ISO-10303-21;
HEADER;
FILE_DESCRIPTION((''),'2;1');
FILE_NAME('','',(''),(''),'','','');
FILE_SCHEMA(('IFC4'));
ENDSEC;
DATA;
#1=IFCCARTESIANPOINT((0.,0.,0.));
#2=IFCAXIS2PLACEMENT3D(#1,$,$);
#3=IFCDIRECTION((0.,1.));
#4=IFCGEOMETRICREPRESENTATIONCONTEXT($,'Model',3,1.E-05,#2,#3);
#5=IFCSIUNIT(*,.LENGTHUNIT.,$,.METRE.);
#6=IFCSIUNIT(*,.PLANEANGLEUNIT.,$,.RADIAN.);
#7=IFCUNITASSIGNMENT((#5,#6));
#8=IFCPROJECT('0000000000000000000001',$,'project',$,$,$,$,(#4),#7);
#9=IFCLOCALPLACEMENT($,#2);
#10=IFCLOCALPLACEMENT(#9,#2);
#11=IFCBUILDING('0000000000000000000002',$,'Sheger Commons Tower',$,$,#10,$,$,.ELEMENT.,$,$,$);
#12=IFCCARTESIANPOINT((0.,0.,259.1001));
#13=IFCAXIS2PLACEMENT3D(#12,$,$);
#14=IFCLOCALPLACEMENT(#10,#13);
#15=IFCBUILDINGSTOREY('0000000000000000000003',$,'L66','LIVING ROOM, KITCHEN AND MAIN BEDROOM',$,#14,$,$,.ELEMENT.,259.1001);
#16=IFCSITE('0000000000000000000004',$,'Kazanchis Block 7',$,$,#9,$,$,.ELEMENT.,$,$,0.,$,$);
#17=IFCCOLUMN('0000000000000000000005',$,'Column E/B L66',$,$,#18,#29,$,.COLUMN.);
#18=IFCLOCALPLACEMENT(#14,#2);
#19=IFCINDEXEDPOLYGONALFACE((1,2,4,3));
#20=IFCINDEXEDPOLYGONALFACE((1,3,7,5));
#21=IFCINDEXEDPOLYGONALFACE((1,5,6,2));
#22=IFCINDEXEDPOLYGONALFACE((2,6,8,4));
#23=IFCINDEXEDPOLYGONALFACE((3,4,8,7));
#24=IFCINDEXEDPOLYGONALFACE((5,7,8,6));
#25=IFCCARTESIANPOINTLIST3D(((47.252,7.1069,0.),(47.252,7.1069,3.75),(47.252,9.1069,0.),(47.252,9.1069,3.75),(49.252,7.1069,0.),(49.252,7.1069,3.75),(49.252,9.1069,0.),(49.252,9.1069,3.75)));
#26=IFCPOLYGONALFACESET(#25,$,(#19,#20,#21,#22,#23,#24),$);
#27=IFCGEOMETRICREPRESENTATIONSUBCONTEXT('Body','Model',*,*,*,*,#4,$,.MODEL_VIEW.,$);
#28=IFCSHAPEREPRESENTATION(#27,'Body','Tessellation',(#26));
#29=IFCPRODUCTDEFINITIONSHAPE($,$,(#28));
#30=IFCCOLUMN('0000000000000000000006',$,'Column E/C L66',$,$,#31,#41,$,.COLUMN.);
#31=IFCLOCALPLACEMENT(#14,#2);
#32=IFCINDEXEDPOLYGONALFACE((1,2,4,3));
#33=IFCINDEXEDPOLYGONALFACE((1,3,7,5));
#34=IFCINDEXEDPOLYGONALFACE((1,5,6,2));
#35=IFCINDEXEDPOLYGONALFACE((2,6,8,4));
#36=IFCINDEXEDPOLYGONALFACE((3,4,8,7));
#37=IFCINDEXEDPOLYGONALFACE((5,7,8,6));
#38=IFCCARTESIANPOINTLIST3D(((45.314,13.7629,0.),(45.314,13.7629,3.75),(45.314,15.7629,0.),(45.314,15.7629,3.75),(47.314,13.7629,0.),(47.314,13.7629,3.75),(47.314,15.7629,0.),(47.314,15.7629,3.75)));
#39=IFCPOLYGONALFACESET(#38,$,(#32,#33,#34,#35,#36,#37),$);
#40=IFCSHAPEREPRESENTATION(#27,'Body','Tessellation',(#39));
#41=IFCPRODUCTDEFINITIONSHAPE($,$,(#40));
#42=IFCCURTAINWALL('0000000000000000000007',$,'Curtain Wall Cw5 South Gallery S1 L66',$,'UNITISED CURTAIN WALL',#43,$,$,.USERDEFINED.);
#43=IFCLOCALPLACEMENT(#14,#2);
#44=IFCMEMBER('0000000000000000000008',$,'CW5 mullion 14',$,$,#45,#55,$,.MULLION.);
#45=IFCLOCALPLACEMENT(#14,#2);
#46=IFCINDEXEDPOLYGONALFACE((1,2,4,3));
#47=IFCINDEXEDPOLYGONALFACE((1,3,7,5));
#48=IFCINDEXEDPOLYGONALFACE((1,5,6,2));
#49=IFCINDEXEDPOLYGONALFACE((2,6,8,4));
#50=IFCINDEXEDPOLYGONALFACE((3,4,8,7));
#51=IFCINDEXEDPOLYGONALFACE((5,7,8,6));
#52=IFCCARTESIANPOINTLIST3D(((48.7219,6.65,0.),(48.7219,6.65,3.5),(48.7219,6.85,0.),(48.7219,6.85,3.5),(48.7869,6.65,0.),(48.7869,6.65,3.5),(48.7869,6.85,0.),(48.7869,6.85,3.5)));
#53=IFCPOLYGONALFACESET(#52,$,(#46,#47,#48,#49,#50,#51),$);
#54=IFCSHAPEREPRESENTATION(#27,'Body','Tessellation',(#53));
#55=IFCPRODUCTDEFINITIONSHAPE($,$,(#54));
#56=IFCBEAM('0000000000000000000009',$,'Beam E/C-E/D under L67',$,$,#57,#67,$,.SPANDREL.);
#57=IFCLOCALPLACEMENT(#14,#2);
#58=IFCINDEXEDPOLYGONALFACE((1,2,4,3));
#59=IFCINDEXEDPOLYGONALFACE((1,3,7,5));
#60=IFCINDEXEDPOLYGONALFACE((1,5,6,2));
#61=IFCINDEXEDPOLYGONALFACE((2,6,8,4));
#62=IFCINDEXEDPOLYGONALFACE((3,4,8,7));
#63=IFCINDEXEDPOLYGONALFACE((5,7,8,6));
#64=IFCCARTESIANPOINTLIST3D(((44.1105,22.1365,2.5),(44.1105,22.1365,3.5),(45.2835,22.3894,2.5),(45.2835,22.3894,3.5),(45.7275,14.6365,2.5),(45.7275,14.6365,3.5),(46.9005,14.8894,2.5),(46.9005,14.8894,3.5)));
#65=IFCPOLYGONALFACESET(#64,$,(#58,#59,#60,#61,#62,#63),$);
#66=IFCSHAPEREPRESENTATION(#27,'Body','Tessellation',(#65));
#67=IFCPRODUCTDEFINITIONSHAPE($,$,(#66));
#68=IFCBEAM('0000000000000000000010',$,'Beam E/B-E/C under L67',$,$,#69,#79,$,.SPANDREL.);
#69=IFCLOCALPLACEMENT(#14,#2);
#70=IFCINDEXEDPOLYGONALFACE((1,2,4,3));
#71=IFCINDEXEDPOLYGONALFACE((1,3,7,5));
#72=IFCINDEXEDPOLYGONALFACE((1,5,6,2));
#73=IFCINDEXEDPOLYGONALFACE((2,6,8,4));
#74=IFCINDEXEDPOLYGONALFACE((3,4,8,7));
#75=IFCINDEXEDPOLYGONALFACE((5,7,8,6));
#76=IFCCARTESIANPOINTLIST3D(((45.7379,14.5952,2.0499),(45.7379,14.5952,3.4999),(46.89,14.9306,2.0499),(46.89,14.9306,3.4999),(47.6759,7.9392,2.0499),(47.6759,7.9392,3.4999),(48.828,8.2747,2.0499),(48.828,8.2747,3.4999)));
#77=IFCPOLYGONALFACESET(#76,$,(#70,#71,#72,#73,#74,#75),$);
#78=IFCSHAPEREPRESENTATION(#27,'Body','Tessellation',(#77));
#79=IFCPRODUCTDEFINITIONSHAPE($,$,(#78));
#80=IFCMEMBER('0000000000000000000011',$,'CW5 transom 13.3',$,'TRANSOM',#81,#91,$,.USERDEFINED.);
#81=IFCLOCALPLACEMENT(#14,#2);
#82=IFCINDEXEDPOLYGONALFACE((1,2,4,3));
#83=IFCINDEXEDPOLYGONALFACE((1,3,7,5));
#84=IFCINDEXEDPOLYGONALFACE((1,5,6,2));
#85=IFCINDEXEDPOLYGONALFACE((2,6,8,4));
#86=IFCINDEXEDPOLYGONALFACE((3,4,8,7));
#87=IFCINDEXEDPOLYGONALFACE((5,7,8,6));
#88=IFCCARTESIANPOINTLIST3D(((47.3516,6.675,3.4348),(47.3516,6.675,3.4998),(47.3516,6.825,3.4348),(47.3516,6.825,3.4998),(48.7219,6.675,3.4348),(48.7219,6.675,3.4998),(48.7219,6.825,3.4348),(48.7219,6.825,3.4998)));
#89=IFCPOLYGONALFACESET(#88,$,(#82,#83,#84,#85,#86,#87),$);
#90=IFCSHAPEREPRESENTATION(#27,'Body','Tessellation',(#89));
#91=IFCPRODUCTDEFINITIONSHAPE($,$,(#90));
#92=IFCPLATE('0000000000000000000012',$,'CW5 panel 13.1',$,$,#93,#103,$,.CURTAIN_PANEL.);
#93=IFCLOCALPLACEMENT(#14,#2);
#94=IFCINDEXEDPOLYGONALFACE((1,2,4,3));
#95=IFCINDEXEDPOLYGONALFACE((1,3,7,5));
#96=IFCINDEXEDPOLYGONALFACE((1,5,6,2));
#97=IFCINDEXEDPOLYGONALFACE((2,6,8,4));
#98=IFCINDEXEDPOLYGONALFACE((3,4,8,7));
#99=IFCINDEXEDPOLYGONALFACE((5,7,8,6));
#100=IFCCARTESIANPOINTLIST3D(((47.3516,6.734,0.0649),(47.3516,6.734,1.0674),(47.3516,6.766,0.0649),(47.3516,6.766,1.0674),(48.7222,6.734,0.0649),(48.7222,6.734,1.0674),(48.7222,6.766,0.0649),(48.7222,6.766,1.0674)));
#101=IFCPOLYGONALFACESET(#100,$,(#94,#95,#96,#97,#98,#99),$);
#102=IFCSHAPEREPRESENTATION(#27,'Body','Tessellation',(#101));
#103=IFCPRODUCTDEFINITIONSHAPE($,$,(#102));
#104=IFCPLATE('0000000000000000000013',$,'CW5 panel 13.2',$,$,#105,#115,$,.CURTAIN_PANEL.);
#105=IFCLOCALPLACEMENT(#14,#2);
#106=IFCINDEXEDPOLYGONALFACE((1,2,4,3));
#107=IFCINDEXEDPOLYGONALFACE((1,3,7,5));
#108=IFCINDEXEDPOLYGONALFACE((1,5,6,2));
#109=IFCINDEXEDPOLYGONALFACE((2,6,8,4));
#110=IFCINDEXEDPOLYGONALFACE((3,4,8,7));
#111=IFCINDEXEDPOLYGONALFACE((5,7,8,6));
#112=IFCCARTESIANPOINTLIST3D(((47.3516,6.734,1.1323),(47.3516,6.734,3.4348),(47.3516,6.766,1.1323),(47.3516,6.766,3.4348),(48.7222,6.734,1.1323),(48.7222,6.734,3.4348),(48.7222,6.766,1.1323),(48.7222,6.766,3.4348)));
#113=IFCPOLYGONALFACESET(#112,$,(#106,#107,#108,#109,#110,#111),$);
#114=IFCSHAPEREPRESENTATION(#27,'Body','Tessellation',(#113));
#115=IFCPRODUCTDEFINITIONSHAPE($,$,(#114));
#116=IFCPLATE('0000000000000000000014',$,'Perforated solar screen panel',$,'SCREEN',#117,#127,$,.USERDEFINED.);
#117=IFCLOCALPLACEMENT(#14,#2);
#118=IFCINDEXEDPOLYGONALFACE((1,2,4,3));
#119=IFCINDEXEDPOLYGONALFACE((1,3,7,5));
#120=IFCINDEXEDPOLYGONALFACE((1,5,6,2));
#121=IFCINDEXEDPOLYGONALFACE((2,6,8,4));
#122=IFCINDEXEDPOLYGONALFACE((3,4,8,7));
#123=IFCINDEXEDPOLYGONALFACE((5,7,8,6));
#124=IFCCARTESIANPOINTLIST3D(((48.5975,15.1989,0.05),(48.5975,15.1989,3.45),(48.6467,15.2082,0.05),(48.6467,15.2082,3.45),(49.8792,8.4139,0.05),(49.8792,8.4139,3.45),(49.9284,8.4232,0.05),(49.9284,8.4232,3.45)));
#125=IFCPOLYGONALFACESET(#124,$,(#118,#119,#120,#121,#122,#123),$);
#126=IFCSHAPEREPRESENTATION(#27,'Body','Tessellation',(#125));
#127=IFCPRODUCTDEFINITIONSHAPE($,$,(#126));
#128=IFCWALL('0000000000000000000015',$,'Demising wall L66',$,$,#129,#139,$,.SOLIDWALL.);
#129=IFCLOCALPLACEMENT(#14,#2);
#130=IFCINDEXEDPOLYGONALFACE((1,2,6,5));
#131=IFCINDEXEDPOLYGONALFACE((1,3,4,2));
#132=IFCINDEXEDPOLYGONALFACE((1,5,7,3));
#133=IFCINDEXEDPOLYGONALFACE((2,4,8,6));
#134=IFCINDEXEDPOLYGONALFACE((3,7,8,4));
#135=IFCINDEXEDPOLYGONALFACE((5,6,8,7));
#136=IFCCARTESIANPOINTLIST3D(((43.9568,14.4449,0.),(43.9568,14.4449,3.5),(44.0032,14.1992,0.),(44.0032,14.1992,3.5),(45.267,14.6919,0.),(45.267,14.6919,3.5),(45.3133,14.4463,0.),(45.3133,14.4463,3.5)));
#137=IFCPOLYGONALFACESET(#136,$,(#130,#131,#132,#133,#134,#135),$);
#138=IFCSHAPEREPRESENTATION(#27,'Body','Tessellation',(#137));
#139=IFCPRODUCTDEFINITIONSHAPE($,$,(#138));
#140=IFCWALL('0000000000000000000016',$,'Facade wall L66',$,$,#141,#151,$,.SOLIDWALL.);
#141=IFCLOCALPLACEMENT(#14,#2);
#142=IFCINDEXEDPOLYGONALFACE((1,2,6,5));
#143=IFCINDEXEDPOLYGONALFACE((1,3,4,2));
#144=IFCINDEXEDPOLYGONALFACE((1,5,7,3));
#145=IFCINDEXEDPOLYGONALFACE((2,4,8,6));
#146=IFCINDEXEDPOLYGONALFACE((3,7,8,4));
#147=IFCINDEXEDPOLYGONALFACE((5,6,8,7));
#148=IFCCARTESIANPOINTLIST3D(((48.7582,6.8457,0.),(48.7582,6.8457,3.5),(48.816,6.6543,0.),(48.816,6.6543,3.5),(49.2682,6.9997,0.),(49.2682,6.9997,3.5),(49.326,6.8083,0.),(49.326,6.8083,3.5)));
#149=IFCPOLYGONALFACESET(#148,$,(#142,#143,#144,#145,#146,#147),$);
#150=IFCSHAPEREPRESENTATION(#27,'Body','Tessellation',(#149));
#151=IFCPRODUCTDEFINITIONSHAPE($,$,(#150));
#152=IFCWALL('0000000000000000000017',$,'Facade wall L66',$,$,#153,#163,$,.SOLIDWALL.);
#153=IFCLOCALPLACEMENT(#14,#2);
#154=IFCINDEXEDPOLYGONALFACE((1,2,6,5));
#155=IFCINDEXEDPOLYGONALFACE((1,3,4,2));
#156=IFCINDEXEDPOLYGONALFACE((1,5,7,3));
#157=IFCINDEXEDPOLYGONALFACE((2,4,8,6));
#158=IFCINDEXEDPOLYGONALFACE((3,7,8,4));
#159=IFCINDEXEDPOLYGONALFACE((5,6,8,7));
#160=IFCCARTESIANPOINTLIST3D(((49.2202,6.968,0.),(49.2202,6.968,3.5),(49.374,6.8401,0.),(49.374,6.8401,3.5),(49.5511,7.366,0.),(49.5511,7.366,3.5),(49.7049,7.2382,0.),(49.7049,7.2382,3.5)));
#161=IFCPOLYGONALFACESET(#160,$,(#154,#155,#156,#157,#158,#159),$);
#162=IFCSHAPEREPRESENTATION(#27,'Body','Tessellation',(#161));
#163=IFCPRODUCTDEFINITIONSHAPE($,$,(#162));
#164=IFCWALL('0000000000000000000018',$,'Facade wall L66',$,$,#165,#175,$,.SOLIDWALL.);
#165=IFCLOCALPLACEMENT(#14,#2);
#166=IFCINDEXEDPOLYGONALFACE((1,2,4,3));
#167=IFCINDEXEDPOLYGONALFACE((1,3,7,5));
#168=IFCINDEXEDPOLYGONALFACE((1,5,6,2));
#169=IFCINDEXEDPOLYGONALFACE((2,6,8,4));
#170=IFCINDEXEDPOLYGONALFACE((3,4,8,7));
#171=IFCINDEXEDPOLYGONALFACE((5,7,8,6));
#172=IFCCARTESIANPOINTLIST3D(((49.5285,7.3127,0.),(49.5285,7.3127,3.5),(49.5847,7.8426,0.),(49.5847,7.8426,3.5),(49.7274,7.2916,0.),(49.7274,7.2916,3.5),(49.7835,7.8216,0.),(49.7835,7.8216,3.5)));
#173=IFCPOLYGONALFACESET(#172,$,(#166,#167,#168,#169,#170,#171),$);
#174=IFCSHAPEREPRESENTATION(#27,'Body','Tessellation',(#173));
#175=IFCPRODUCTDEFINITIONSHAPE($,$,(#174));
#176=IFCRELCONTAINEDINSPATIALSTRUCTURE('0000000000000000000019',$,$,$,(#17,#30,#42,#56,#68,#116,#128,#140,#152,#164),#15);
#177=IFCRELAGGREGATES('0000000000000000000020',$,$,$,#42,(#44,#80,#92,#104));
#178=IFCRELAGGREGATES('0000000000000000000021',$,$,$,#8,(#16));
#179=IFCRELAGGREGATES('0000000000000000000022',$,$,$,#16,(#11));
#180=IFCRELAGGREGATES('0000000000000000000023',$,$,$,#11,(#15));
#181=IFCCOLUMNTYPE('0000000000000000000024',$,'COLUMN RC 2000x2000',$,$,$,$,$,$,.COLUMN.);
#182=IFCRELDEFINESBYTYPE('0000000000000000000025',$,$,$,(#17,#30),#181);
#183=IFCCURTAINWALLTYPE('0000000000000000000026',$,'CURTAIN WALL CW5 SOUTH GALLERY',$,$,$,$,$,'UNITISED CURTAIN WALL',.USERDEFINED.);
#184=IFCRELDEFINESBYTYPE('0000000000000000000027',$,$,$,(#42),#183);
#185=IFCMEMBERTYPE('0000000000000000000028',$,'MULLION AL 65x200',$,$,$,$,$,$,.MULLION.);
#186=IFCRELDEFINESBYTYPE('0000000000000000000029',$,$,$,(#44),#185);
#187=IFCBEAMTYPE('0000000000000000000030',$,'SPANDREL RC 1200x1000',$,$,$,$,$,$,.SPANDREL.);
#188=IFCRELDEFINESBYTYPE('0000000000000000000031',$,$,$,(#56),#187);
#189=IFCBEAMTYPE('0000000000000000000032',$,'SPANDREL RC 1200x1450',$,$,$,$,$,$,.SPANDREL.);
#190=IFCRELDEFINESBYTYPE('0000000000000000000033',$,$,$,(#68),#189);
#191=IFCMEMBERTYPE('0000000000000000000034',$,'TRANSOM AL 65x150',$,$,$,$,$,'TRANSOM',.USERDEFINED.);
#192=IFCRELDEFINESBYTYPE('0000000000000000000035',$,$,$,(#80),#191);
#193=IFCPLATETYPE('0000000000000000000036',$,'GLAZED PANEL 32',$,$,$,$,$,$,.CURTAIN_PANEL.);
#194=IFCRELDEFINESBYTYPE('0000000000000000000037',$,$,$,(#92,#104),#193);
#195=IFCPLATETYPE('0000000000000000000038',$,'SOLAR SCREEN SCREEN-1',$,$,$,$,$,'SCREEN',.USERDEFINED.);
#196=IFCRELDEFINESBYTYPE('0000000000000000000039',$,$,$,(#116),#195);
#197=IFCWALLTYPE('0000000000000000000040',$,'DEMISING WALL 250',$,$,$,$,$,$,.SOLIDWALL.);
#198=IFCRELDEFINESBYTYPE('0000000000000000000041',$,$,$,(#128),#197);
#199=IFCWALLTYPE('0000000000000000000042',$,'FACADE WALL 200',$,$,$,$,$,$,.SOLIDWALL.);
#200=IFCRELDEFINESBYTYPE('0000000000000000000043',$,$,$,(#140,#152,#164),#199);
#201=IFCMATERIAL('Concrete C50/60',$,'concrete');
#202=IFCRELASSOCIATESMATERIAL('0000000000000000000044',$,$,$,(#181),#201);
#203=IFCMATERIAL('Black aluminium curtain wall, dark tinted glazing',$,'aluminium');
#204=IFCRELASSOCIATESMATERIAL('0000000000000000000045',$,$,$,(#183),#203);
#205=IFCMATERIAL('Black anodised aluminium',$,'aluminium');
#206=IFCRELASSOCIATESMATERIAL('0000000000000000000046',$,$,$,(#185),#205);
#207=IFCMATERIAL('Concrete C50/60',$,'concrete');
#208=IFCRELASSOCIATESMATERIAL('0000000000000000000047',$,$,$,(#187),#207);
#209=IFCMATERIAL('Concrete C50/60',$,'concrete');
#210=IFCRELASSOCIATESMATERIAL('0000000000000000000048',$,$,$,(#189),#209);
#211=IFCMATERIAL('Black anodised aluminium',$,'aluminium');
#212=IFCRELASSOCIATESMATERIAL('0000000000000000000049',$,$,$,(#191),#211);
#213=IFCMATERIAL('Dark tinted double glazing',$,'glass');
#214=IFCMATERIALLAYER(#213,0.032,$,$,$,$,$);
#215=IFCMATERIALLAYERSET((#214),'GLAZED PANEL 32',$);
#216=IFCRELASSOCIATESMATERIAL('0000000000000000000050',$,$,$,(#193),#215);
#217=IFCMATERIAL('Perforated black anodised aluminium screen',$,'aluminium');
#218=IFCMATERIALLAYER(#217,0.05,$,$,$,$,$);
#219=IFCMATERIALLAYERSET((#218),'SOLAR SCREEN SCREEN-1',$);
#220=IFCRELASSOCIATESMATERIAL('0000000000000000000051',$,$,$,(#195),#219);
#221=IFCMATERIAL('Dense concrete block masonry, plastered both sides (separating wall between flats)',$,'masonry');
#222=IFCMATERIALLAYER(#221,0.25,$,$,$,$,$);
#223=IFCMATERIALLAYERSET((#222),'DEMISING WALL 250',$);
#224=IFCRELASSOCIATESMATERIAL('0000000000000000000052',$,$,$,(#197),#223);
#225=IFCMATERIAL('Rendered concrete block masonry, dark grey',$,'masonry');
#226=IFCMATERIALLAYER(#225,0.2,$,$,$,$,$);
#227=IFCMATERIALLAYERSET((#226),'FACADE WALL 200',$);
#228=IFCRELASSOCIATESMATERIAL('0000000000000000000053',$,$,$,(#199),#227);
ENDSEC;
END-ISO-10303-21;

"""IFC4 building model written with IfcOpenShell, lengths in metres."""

from ifc_helpers import new_model, si_unit, direction, frame, frame_2d, origin, origin_2d, place, context, subcontext, project, spatial, rectangle, extrude, material, layer, layer_set, material_profile, profile_set, type_object, element, aggregate, save


model = new_model("IFC4")

# Units and contexts
model_context = context("Model", 3, precision=1e-05, world=origin(), true_north=direction((0.0, 1.0)))
body_context = subcontext(model_context, "Body", "Model", "MODEL_VIEW")
ifc_project = project(units=[si_unit("LENGTHUNIT", "METRE"), si_unit("PLANEANGLEUNIT", "RADIAN")], contexts=[model_context])

# Site, building, storey
site_placement = place(None, origin())
site = spatial("IfcSite", under=ifc_project, at=site_placement, Name="Kazanchis Block 7", CompositionType="ELEMENT", RefElevation=0.0)
building_placement = place(site_placement, origin())
building = spatial("IfcBuilding", under=site, at=building_placement, Name="Sheger Commons Tower", CompositionType="ELEMENT")
storey_placement = place(building_placement, frame((0.0, 0.0, 259.1001)))
storey = spatial("IfcBuildingStorey", under=building, at=storey_placement, Name="L66", Description="LIVING ROOM, KITCHEN AND MAIN BEDROOM", CompositionType="ELEMENT", Elevation=259.1001)

# Columns
ifc_material_1 = material(Name="Concrete C50/60", Category="concrete")
ifc_material_profile_1 = material_profile(ifc_material_1, rectangle(XDim=2.0, YDim=2.0, at=origin_2d()), Name="RC 2000x2000")
ifc_profile_set_1 = profile_set([ifc_material_profile_1], Name="Concrete C50/60")
column_type = type_object("IfcColumnType", Name="COLUMN RC 2000x2000", PredefinedType="COLUMN", material=ifc_profile_set_1)
for number, where, z_axis, x_axis, name in (
    (1, (48.252, 8.1069, 0.0), (0.0, 0.0, 1.0), (1.0, 0.0, 0.0), "Column E/B L66"),
    (2, (46.314, 14.7629, 0.0), (0.0, 0.0, 1.0), (1.0, 0.0, 0.0), "Column E/C L66"),
):
    element("IfcColumn", number, at=place(storey_placement, frame(where, z_axis=z_axis, x_axis=x_axis)), inside=storey, type_object=column_type, Name=name, PredefinedType="COLUMN", context=body_context, shape_type="SweptSolid", body=[
        extrude(rectangle(XDim=2.0, YDim=2.0, at=origin_2d()), origin(), (0.0, 0.0, 1.0), 3.75),
    ])

# Curtain wall, member
ifc_material_2 = material(Name="Black aluminium curtain wall, dark tinted glazing", Category="aluminium")
curtain_wall_type = type_object("IfcCurtainWallType", Name="CURTAIN WALL CW5 SOUTH GALLERY", ElementType="UNITISED CURTAIN WALL", PredefinedType="USERDEFINED", material=ifc_material_2)
curtain_wall_placement = place(storey_placement, origin())
curtain_wall = element("IfcCurtainWall", 3, at=curtain_wall_placement, inside=storey, type_object=curtain_wall_type, Name="Curtain Wall Cw5 South Gallery S1 L66", ObjectType="UNITISED CURTAIN WALL", PredefinedType="USERDEFINED")
ifc_material_3 = material(Name="Black anodised aluminium", Category="aluminium")
ifc_material_profile_2 = material_profile(ifc_material_3, rectangle(XDim=0.2, YDim=0.0649, at=origin_2d()), Name="AL 65x200")
ifc_profile_set_2 = profile_set([ifc_material_profile_2], Name="Black anodised aluminium")
member_type_1 = type_object("IfcMemberType", Name="MULLION AL 65x200", PredefinedType="MULLION", material=ifc_profile_set_2)
member_1_placement = place(storey_placement, frame((48.7544, 6.75, 0.0), z_axis=(0.0, 0.0, 1.0), x_axis=(0.0, 1.0, 0.0)))
member_1 = element("IfcMember", 4, at=member_1_placement, type_object=member_type_1, Name="CW5 mullion 14", PredefinedType="MULLION", context=body_context, shape_type="SweptSolid", body=[
    extrude(rectangle(XDim=0.2, YDim=0.0649, at=origin_2d()), origin(), (0.0, 0.0, 1.0), 3.5),
])

# Beams
ifc_material_4 = material(Name="Concrete C50/60", Category="concrete")
ifc_material_profile_3 = material_profile(ifc_material_4, rectangle(XDim=1.2, YDim=1.0, at=origin_2d()), Name="RC 1200x1000")
ifc_profile_set_3 = profile_set([ifc_material_profile_3], Name="Concrete C50/60")
beam_type_1 = type_object("IfcBeamType", Name="SPANDREL RC 1200x1000", PredefinedType="SPANDREL", material=ifc_profile_set_3)
beam_1_placement = place(storey_placement, frame((46.314, 14.7629, 3.0), z_axis=(-0.21075, 0.97754, 0.0), x_axis=(-0.97754, -0.21075, 0.0)))
element("IfcBeam", 5, at=beam_1_placement, inside=storey, type_object=beam_type_1, Name="Beam E/C-E/D under L67", PredefinedType="SPANDREL", context=body_context, shape_type="SweptSolid", body=[
    extrude(rectangle(XDim=1.2, YDim=1.0, at=origin_2d()), origin(), (0.0, 0.0, 1.0), 7.6724),
])
ifc_material_5 = material(Name="Concrete C50/60", Category="concrete")
ifc_material_profile_4 = material_profile(ifc_material_5, rectangle(XDim=1.2, YDim=1.45, at=origin_2d()), Name="RC 1200x1450")
ifc_profile_set_4 = profile_set([ifc_material_profile_4], Name="Concrete C50/60")
beam_type_2 = type_object("IfcBeamType", Name="SPANDREL RC 1200x1450", PredefinedType="SPANDREL", material=ifc_profile_set_4)
beam_2_placement = place(storey_placement, frame((48.252, 8.1069, 2.7749), z_axis=(-0.279555, 0.96013, 0.0), x_axis=(-0.96013, -0.279555, 0.0)))
element("IfcBeam", 6, at=beam_2_placement, inside=storey, type_object=beam_type_2, Name="Beam E/B-E/C under L67", PredefinedType="SPANDREL", context=body_context, shape_type="SweptSolid", body=[
    extrude(rectangle(XDim=1.2, YDim=1.45, at=origin_2d()), origin(), (0.0, 0.0, 1.0), 6.9324),
])

# Member
ifc_material_6 = material(Name="Black anodised aluminium", Category="aluminium")
ifc_material_profile_5 = material_profile(ifc_material_6, rectangle(XDim=0.1499, YDim=0.0649, at=origin_2d()), Name="AL 65x150")
ifc_profile_set_5 = profile_set([ifc_material_profile_5], Name="Black anodised aluminium")
member_type_2 = type_object("IfcMemberType", Name="TRANSOM AL 65x150", ElementType="TRANSOM", PredefinedType="USERDEFINED", material=ifc_profile_set_5)
member_2_placement = place(storey_placement, frame((47.3516, 6.75, 3.4673), z_axis=(1.0, 0.0, 0.0), x_axis=(0.0, 1.0, 0.0)))
member_2 = element("IfcMember", 7, at=member_2_placement, type_object=member_type_2, Name="CW5 transom 13.3", ObjectType="TRANSOM", PredefinedType="USERDEFINED", context=body_context, shape_type="SweptSolid", body=[
    extrude(rectangle(XDim=0.1499, YDim=0.0649, at=origin_2d()), origin(), (0.0, 0.0, 1.0), 1.3704),
])

# Plates
ifc_material_7 = material(Name="Dark tinted double glazing", Category="glass")
ifc_layer_1 = layer(ifc_material_7, 0.032)
ifc_layer_set_1 = layer_set([ifc_layer_1], Name="GLAZED PANEL 32")
plate_type_1 = type_object("IfcPlateType", Name="GLAZED PANEL 32", PredefinedType="CURTAIN_PANEL", material=ifc_layer_set_1)
plate_1_placement = place(storey_placement, frame((48.0369, 6.75, 0.0649), z_axis=(0.0, 0.0, 1.0), x_axis=(1.0, 0.0, 0.0)))
plate_1 = element("IfcPlate", 8, at=plate_1_placement, type_object=plate_type_1, Name="CW5 panel 13.1", PredefinedType="CURTAIN_PANEL", context=body_context, shape_type="SweptSolid", body=[
    extrude(rectangle(XDim=1.3706, YDim=0.032, at=origin_2d()), origin(), (0.0, 0.0, 1.0), 1.0024),
])
plate_2_placement = place(storey_placement, frame((48.0369, 6.75, 1.1323), z_axis=(0.0, 0.0, 1.0), x_axis=(1.0, 0.0, 0.0)))
plate_2 = element("IfcPlate", 9, at=plate_2_placement, type_object=plate_type_1, Name="CW5 panel 13.2", PredefinedType="CURTAIN_PANEL", context=body_context, shape_type="SweptSolid", body=[
    extrude(rectangle(XDim=1.3706, YDim=0.032, at=origin_2d()), origin(), (0.0, 0.0, 1.0), 2.3025),
])
aggregate(curtain_wall, [member_1, member_2, plate_1, plate_2])
ifc_material_8 = material(Name="Perforated black anodised aluminium screen", Category="aluminium")
ifc_layer_2 = layer(ifc_material_8, 0.05)
ifc_layer_set_2 = layer_set([ifc_layer_2], Name="SOLAR SCREEN SCREEN-1")
plate_type_2 = type_object("IfcPlateType", Name="SOLAR SCREEN SCREEN-1", ElementType="SCREEN", PredefinedType="USERDEFINED", material=ifc_layer_set_2)
plate_3_placement = place(storey_placement, frame((49.2629, 11.811, 0.05), z_axis=(0.0, 0.0, 1.0), x_axis=(-0.185615, 0.982623, 0.0)))
element("IfcPlate", 10, at=plate_3_placement, inside=storey, type_object=plate_type_2, Name="Perforated solar screen panel", ObjectType="SCREEN", PredefinedType="USERDEFINED", context=body_context, shape_type="SweptSolid", body=[
    extrude(rectangle(XDim=6.905, YDim=0.05, at=origin_2d()), origin(), (0.0, 0.0, 1.0), 3.3999),
])

# Walls
ifc_material_9 = material(Name="Dense concrete block masonry, plastered both sides (separating wall between flats)", Category="masonry")
ifc_layer_3 = layer(ifc_material_9, 0.25)
ifc_layer_set_3 = layer_set([ifc_layer_3], Name="DEMISING WALL 250")
wall_type_1 = type_object("IfcWallType", Name="DEMISING WALL 250", PredefinedType="SOLIDWALL", material=ifc_layer_set_3)
wall_1_placement = place(storey_placement, frame((45.29, 14.5691, 0.0), z_axis=(0.0, 0.0, 1.0), x_axis=(-0.982677, -0.185328, 0.0)))
element("IfcWall", 11, at=wall_1_placement, inside=storey, type_object=wall_type_1, Name="Demising wall L66", PredefinedType="SOLIDWALL", context=body_context, shape_type="SweptSolid", body=[
    extrude(rectangle(XDim=1.3333, YDim=0.25, at=frame_2d((0.6665, 0.0))), origin(), (0.0, 0.0, 1.0), 3.5),
])
ifc_material_10 = material(Name="Rendered concrete block masonry, dark grey", Category="masonry")
ifc_layer_4 = layer(ifc_material_10, 0.2)
ifc_layer_set_4 = layer_set([ifc_layer_4], Name="FACADE WALL 200")
wall_type_2 = type_object("IfcWallType", Name="FACADE WALL 200", PredefinedType="SOLIDWALL", material=ifc_layer_set_4)
wall_2_placement = place(storey_placement, frame((48.7871, 6.75, 0.0), z_axis=(0.0, 0.0, 1.0), x_axis=(0.957282, 0.289155, 0.0)))
element("IfcWall", 12, at=wall_2_placement, inside=storey, type_object=wall_type_2, Name="Facade wall L66", PredefinedType="SOLIDWALL", context=body_context, shape_type="SweptSolid", body=[
    extrude(rectangle(XDim=0.5327, YDim=0.2, at=frame_2d((0.2664, 0.0))), origin(), (0.0, 0.0, 1.0), 3.5),
])
wall_3_placement = place(storey_placement, frame((49.2971, 6.9041, 0.0), z_axis=(0.0, 0.0, 1.0), x_axis=(0.639256, 0.768994, 0.0)))
element("IfcWall", 13, at=wall_3_placement, inside=storey, type_object=wall_type_2, Name="Facade wall L66", PredefinedType="SOLIDWALL", context=body_context, shape_type="SweptSolid", body=[
    extrude(rectangle(XDim=0.5176, YDim=0.2, at=frame_2d((0.2588, 0.0))), origin(), (0.0, 0.0, 1.0), 3.5),
])
wall_4_placement = place(storey_placement, frame((49.6279, 7.302, 0.0), z_axis=(0.0, 0.0, 1.0), x_axis=(0.105352, 0.994435, 0.0)))
element("IfcWall", 14, at=wall_4_placement, inside=storey, type_object=wall_type_2, Name="Facade wall L66", PredefinedType="SOLIDWALL", context=body_context, shape_type="SweptSolid", body=[
    extrude(rectangle(XDim=0.533, YDim=0.2, at=frame_2d((0.2666, 0.0))), origin(), (0.0, 0.0, 1.0), 3.5),
])

save(model, "model.ifc")
